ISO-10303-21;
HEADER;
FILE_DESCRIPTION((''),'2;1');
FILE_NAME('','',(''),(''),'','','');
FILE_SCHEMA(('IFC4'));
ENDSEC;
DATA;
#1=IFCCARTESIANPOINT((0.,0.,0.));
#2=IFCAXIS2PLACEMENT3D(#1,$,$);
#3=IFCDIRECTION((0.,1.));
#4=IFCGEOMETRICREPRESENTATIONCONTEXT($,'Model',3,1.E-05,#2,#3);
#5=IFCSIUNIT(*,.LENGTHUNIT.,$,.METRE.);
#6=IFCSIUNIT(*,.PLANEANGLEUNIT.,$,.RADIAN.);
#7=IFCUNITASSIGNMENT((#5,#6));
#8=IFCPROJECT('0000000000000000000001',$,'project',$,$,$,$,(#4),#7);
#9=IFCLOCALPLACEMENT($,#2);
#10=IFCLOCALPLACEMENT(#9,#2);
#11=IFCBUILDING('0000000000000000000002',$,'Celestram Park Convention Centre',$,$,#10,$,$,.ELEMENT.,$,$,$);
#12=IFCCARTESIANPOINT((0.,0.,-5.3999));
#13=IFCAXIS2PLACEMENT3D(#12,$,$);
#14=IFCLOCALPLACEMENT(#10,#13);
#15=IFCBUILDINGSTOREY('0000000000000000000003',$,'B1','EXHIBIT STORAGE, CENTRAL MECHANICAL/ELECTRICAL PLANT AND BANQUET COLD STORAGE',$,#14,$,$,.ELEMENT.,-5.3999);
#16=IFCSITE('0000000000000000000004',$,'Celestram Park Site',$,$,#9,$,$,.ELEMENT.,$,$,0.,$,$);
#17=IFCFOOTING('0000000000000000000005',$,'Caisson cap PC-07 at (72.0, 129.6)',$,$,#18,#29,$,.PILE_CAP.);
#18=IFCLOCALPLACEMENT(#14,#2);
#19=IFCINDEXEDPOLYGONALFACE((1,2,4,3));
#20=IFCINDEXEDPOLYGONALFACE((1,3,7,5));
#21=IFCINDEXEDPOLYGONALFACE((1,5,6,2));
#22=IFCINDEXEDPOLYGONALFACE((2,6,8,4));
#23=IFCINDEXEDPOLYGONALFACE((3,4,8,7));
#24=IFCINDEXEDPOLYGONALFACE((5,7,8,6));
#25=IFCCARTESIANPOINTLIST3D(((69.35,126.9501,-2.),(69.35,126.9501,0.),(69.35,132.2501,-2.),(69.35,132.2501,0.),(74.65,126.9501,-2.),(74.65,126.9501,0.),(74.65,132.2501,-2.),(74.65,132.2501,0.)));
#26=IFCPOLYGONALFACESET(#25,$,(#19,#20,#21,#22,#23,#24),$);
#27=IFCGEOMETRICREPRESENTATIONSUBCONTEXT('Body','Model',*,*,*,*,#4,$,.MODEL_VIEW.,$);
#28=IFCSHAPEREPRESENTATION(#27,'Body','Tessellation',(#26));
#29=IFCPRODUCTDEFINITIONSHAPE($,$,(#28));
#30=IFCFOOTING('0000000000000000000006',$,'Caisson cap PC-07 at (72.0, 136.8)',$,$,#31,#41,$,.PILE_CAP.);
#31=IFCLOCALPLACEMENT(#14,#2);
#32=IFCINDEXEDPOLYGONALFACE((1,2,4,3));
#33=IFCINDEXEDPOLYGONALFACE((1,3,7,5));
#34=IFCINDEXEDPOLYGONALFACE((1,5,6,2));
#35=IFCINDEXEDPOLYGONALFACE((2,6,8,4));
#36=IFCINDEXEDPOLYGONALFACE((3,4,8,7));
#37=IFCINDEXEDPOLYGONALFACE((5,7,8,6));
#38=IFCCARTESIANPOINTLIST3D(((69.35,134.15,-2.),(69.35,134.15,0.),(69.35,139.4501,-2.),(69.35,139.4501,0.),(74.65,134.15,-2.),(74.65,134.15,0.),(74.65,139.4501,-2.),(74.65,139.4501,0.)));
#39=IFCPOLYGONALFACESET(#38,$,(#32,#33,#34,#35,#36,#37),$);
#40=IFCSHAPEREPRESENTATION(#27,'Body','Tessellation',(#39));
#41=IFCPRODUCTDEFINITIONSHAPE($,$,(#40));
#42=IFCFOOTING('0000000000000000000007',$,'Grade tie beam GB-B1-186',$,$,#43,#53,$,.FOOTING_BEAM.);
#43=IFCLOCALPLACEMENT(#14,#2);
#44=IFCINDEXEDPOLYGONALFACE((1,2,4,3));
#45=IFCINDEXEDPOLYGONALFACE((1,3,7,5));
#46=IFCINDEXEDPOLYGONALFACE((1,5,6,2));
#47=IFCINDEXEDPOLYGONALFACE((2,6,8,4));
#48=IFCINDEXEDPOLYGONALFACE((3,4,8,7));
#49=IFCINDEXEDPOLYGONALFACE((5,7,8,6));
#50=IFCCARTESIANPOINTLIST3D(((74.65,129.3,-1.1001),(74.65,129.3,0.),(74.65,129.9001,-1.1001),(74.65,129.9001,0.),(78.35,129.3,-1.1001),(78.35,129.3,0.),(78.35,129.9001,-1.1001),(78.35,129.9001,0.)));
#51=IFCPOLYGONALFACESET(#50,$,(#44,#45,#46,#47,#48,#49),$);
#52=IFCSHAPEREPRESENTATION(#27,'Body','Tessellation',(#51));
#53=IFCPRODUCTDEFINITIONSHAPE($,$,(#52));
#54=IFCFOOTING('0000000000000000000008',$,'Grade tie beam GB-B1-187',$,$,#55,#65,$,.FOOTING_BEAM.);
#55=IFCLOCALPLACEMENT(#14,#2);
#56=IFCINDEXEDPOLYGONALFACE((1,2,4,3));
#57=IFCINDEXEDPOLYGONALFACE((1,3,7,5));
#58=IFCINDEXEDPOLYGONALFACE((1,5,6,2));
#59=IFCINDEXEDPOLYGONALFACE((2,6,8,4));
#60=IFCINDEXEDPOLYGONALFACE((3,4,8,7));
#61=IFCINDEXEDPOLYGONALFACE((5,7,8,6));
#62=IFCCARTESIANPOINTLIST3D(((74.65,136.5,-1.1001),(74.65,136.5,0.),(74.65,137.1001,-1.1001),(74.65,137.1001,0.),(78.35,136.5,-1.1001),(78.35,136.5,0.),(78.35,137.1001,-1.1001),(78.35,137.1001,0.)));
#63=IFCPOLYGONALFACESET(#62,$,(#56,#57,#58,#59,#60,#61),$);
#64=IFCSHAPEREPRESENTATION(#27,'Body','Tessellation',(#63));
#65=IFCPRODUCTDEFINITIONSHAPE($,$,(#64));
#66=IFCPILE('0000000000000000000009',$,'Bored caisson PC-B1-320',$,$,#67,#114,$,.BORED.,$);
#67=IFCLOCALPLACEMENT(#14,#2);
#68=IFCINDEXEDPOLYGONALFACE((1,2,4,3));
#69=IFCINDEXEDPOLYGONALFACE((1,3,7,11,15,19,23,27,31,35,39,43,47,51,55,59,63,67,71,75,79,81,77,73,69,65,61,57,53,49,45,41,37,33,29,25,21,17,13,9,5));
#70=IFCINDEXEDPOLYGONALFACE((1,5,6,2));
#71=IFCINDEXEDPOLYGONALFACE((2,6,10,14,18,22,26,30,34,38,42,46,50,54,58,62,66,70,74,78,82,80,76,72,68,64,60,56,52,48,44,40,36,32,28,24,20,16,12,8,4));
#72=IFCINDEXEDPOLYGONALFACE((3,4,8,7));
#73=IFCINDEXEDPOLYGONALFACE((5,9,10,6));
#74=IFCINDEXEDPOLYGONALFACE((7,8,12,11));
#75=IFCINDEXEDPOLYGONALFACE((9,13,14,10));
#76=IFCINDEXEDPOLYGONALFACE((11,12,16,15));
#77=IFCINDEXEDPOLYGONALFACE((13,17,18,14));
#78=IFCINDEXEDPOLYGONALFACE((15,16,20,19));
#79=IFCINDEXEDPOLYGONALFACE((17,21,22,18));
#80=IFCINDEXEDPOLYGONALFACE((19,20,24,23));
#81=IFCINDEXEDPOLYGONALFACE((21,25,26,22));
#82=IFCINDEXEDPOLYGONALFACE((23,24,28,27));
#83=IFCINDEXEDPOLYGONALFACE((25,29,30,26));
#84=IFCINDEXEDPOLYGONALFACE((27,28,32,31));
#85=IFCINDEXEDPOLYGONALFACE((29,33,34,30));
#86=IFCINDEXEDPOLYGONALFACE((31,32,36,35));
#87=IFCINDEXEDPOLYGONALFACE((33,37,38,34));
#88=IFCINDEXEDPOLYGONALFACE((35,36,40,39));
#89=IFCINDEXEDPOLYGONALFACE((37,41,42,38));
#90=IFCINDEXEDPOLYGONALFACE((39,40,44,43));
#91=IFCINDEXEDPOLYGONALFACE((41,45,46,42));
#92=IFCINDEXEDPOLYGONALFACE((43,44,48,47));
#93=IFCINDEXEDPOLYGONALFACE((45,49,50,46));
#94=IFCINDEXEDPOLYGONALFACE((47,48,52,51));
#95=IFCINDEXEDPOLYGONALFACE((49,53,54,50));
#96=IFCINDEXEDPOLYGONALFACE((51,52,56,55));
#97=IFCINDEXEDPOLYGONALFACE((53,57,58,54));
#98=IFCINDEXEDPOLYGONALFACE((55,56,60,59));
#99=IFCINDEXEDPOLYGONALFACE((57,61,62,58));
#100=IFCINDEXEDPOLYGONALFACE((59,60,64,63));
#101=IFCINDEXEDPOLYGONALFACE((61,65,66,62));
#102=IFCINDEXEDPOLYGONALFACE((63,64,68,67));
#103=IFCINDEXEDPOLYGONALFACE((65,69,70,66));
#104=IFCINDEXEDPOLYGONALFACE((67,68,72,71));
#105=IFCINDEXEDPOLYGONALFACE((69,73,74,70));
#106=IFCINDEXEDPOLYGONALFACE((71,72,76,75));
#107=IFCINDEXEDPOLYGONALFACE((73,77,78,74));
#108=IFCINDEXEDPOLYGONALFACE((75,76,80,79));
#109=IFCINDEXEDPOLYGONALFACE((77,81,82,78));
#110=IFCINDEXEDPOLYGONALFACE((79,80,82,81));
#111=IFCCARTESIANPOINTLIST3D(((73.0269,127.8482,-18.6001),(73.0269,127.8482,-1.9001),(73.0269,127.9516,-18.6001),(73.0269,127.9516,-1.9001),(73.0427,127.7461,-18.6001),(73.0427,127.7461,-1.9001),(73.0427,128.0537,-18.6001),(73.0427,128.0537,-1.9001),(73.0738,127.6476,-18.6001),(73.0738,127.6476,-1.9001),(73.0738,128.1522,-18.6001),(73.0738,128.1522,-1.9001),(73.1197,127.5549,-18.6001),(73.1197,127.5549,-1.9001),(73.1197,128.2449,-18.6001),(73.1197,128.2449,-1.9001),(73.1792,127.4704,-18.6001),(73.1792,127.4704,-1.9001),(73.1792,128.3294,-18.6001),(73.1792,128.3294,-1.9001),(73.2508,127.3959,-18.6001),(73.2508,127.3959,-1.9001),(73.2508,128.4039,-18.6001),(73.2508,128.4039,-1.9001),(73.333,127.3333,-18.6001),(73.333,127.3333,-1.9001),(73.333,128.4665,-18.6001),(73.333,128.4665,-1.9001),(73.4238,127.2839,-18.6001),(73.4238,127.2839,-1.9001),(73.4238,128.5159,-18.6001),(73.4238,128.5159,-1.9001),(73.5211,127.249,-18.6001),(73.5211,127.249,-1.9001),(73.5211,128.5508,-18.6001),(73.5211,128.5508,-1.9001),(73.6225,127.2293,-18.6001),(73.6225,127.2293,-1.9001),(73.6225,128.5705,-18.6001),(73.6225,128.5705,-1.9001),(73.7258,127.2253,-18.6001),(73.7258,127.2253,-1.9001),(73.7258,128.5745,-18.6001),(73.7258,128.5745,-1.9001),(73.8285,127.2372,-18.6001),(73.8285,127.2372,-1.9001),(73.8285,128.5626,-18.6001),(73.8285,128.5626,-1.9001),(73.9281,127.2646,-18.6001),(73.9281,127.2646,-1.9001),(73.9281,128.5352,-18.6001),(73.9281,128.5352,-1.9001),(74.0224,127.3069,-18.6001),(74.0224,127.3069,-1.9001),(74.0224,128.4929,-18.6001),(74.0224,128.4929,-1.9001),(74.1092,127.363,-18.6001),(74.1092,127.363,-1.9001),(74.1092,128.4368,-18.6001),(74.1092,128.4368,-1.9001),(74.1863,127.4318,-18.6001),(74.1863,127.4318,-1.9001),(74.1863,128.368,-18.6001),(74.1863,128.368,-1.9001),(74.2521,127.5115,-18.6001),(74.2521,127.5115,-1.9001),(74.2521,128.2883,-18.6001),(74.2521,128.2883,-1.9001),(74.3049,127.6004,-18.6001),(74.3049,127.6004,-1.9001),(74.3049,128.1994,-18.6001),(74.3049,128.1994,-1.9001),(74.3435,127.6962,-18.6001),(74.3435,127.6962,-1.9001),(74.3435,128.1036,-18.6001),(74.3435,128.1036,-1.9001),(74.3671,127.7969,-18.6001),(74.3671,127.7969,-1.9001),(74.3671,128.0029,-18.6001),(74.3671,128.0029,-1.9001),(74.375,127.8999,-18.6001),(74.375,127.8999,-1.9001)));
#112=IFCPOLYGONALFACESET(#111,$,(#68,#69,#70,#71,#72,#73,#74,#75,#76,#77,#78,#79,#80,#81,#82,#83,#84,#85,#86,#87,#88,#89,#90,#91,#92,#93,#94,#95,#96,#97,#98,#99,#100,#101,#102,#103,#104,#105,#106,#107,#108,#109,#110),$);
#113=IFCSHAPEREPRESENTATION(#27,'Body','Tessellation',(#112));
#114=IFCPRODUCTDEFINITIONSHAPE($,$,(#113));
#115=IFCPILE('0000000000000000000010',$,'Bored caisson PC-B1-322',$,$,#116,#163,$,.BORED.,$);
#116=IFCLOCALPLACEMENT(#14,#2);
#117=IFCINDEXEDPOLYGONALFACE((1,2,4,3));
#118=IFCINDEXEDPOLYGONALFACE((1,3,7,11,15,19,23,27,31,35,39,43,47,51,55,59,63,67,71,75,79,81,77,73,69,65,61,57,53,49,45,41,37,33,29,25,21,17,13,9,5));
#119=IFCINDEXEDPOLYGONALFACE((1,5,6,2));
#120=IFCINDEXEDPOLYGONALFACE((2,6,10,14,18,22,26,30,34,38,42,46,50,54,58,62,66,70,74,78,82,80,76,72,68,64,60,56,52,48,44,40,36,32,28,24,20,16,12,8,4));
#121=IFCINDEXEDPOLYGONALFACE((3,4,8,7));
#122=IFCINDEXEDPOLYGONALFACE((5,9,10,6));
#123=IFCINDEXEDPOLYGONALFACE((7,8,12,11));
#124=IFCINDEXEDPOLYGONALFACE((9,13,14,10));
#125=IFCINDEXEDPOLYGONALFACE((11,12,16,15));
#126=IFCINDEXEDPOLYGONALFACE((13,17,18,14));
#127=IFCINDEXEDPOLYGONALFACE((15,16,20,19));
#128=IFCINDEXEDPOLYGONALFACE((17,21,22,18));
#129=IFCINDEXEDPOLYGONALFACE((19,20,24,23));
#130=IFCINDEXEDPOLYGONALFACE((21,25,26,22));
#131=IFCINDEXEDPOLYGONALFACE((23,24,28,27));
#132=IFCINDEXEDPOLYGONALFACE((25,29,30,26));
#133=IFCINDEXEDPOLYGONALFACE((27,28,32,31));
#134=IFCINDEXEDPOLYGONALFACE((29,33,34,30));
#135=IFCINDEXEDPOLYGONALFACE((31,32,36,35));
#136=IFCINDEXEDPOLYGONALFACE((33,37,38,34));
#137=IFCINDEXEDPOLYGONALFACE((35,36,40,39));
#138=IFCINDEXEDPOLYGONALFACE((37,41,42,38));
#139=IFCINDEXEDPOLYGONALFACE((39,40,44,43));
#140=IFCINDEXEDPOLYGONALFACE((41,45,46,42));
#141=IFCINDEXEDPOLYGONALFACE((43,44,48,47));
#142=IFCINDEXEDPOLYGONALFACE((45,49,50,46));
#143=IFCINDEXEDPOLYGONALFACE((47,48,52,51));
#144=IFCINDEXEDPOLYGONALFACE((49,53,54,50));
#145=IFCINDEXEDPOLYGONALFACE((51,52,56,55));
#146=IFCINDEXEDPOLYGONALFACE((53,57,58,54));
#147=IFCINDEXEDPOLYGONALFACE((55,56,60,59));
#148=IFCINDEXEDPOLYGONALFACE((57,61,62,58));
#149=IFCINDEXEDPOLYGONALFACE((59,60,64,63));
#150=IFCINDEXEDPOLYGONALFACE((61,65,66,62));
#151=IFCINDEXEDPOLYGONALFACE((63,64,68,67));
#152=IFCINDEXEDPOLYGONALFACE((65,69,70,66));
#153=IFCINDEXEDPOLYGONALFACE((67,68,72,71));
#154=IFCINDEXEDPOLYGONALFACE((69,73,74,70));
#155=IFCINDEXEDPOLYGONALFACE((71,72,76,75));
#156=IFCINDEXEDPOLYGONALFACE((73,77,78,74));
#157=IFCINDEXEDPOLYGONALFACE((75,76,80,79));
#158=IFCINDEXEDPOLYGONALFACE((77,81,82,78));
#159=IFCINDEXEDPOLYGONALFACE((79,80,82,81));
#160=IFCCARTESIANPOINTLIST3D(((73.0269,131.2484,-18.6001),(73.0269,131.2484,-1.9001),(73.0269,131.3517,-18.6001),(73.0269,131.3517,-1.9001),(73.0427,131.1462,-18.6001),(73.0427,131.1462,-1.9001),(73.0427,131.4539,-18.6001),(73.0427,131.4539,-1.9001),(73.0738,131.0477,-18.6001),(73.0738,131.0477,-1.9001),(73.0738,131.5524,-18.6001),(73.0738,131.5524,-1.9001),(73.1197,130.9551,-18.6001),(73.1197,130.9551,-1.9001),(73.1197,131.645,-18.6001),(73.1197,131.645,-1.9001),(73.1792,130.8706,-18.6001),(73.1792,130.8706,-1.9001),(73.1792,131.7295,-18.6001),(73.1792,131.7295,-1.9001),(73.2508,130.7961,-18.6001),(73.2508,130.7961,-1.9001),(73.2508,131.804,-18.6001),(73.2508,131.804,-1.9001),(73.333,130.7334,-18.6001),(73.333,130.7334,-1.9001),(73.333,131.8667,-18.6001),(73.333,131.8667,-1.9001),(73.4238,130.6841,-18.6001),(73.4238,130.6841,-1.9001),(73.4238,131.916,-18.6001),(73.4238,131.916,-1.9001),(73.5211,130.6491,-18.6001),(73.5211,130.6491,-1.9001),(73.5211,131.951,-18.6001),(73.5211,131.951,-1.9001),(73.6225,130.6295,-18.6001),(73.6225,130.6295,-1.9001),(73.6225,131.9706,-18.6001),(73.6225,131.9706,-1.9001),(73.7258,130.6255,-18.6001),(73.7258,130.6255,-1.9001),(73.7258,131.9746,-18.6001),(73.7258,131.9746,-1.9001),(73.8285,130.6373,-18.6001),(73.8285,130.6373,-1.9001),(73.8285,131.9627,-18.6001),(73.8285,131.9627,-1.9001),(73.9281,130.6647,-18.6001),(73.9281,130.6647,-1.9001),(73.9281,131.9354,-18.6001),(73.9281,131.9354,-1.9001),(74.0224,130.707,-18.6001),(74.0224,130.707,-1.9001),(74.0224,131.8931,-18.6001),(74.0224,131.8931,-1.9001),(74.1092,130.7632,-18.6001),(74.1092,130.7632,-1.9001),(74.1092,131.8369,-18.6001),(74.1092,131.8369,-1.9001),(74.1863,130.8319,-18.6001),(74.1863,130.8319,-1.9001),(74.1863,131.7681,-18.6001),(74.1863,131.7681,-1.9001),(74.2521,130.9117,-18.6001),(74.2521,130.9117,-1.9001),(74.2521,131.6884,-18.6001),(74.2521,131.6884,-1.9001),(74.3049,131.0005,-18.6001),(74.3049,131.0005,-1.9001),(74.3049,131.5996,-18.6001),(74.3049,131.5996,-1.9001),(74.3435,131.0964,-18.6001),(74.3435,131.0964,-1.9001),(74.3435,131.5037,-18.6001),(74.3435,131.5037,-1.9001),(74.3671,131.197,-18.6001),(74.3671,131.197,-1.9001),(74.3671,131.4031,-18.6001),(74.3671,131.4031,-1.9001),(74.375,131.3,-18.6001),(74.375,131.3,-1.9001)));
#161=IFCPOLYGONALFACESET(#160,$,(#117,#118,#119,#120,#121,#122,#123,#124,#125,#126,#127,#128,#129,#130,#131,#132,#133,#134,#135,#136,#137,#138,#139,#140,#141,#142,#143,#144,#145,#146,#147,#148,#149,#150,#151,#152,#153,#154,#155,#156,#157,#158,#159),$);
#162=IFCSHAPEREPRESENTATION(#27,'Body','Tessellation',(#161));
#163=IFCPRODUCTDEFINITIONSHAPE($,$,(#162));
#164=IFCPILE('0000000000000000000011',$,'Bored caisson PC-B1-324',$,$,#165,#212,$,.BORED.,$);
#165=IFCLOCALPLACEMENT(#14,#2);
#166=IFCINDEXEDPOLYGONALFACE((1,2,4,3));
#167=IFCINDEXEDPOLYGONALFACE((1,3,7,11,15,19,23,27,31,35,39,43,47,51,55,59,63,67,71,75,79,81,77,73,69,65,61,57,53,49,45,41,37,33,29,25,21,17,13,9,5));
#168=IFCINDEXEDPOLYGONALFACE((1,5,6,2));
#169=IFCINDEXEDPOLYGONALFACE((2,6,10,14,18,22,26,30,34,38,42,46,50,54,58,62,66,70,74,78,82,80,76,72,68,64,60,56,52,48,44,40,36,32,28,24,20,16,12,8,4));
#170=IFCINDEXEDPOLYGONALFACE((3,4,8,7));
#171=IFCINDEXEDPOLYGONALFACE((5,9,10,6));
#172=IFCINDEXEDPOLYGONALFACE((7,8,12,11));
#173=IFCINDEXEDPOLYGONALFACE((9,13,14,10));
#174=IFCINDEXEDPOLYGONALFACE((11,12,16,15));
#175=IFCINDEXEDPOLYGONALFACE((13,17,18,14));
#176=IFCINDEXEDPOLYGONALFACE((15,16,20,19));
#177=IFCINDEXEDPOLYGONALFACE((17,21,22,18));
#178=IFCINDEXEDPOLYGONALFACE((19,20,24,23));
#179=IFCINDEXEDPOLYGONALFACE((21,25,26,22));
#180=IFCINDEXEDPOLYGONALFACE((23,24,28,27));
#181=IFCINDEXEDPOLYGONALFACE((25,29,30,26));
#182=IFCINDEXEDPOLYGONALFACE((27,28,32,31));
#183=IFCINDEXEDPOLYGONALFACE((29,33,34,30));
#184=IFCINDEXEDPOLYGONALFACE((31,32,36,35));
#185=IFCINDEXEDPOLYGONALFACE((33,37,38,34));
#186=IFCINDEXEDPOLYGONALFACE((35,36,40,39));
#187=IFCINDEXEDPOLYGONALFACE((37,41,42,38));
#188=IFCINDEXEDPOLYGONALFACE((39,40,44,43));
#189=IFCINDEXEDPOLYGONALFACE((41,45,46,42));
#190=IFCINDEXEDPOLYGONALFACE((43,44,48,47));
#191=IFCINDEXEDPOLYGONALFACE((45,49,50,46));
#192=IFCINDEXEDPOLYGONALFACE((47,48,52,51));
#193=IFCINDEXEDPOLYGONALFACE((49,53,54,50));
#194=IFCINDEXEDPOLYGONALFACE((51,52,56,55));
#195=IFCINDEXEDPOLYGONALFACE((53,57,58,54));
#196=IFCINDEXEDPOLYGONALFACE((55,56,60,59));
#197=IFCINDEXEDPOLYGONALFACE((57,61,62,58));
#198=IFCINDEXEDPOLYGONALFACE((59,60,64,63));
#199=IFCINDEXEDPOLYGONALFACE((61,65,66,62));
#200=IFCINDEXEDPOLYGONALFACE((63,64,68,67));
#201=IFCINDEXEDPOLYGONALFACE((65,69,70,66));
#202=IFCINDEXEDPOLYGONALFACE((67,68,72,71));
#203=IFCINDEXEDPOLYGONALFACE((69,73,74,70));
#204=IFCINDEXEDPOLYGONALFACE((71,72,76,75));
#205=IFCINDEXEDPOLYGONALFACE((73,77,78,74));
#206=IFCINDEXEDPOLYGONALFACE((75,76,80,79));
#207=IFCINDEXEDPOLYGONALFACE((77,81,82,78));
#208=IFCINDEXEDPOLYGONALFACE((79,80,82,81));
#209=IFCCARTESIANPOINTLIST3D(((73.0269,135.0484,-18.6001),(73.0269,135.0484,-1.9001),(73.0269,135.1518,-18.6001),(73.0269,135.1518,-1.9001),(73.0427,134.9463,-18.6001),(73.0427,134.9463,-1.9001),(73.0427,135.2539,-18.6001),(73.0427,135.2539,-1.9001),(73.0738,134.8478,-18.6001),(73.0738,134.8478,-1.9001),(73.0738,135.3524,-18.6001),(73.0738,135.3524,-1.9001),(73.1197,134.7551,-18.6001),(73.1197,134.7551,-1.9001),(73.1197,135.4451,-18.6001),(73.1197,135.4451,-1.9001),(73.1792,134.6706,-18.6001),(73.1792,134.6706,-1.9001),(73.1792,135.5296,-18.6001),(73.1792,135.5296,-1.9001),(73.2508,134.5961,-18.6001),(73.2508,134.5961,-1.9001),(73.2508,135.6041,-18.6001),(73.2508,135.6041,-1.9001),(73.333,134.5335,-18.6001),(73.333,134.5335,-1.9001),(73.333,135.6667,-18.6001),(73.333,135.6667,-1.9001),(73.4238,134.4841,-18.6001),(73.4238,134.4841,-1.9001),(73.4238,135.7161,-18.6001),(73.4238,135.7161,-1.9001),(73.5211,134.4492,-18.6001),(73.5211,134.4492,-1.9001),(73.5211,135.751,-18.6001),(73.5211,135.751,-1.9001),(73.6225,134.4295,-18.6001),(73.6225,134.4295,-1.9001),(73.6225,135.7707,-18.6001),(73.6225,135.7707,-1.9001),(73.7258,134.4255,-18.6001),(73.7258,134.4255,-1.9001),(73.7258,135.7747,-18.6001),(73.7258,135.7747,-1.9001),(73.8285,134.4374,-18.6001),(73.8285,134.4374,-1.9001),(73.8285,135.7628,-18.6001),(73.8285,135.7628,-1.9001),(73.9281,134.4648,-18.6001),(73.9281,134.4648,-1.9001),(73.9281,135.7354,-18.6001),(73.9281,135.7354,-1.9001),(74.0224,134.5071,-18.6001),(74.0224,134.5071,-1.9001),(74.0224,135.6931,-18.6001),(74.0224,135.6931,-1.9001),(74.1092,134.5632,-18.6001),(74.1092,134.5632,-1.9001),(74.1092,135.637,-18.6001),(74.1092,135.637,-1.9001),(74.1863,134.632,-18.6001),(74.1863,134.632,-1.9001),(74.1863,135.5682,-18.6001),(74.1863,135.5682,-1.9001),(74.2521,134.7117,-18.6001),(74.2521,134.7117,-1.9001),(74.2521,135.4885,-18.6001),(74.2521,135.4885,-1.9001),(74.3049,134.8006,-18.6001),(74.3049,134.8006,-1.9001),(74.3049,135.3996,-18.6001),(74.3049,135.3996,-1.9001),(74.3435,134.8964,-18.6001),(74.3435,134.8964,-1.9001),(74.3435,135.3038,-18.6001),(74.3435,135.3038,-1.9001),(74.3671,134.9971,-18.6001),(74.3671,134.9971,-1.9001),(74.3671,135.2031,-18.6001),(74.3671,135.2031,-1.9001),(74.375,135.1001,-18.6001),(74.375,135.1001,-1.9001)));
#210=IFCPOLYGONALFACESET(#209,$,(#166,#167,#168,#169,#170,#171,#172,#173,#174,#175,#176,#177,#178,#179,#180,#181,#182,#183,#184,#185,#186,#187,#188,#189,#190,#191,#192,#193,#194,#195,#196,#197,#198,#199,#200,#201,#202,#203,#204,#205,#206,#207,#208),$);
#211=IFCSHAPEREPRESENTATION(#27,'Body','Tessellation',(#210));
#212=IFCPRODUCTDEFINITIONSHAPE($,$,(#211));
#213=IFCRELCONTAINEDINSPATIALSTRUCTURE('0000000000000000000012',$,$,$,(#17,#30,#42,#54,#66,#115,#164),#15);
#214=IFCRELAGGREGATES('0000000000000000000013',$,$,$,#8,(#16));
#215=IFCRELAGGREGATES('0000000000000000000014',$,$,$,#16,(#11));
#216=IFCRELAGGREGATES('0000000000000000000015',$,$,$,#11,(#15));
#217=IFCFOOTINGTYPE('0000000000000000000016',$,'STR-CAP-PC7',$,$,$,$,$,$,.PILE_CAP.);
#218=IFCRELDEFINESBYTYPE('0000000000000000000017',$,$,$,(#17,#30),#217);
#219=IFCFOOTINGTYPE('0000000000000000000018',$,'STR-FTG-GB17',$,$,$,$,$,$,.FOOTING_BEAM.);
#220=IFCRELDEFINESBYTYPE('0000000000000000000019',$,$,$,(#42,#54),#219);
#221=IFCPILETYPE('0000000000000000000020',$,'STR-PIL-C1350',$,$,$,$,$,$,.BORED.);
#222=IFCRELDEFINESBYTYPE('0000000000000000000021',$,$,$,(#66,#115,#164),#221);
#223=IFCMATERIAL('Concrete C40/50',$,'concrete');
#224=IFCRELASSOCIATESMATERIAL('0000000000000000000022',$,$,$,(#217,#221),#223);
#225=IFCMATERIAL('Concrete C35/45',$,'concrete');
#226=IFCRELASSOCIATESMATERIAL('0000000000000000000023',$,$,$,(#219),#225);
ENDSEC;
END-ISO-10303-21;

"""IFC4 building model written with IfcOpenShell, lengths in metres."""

from ifc_helpers import new_model, si_unit, direction, frame, origin, origin_2d, place, context, subcontext, project, spatial, rectangle, circle, extrude, material, material_profile, profile_set, type_object, element, save


model = new_model("IFC4")

# Units and contexts
model_context = context("Model", 3, precision=1e-05, world=origin(), true_north=direction((0.0, 1.0)))
body_context = subcontext(model_context, "Body", "Model", "MODEL_VIEW")
ifc_project = project(units=[si_unit("LENGTHUNIT", "METRE"), si_unit("PLANEANGLEUNIT", "RADIAN")], contexts=[model_context])

# Site, building, storey
site_placement = place(None, origin())
site = spatial("IfcSite", under=ifc_project, at=site_placement, Name="Celestram Park Site", CompositionType="ELEMENT", RefElevation=0.0)
building_placement = place(site_placement, origin())
building = spatial("IfcBuilding", under=site, at=building_placement, Name="Celestram Park Convention Centre", CompositionType="ELEMENT")
storey_placement = place(building_placement, frame((0.0, 0.0, -5.3999)))
storey = spatial("IfcBuildingStorey", under=building, at=storey_placement, Name="B1", Description="EXHIBIT STORAGE, CENTRAL MECHANICAL/ELECTRICAL PLANT AND BANQUET COLD STORAGE", CompositionType="ELEMENT", Elevation=-5.3999)

# Footings
ifc_material_1 = material(Name="Concrete C40/50", Category="concrete")
footing_type_1 = type_object("IfcFootingType", Name="STR-CAP-PC7", PredefinedType="PILE_CAP", material=ifc_material_1)
for number, where, z_axis, x_axis, name in (
    (1, (72.0, 129.6001, -2.0), (0.0, 0.0, 1.0), (1.0, 0.0, 0.0), "Caisson cap PC-07 at (72.0, 129.6)"),
    (2, (72.0, 136.8, -2.0), (0.0, 0.0, 1.0), (1.0, 0.0, 0.0), "Caisson cap PC-07 at (72.0, 136.8)"),
):
    element("IfcFooting", number, at=place(storey_placement, frame(where, z_axis=z_axis, x_axis=x_axis)), inside=storey, type_object=footing_type_1, Name=name, PredefinedType="PILE_CAP", context=body_context, shape_type="SweptSolid", body=[
        extrude(rectangle(XDim=5.3, YDim=5.3, at=origin_2d()), origin(), (0.0, 0.0, 1.0), 2.0),
    ])
ifc_material_2 = material(Name="Concrete C35/45", Category="concrete")
footing_type_2 = type_object("IfcFootingType", Name="STR-FTG-GB17", PredefinedType="FOOTING_BEAM", material=ifc_material_2)
for number, where, z_axis, x_axis, name in (
    (3, (76.5, 129.6001, -1.1001), (0.0, 0.0, 1.0), (1.0, 0.0, 0.0), "Grade tie beam GB-B1-186"),
    (4, (76.5, 136.8, -1.1001), (0.0, 0.0, 1.0), (1.0, 0.0, 0.0), "Grade tie beam GB-B1-187"),
):
    element("IfcFooting", number, at=place(storey_placement, frame(where, z_axis=z_axis, x_axis=x_axis)), inside=storey, type_object=footing_type_2, Name=name, PredefinedType="FOOTING_BEAM", context=body_context, shape_type="SweptSolid", body=[
        extrude(rectangle(XDim=3.7, YDim=0.6001, at=origin_2d()), origin(), (0.0, 0.0, 1.0), 1.1001),
    ])

# Piles
ifc_material_profile_1 = material_profile(ifc_material_1, circle(Radius=0.675, at=origin_2d()), Name="CAISSON1350")
ifc_profile_set_1 = profile_set([ifc_material_profile_1], Name="Concrete C40/50")
pile_type = type_object("IfcPileType", Name="STR-PIL-C1350", PredefinedType="BORED", material=ifc_profile_set_1)
for number, where, z_axis, x_axis, name in (
    (5, (73.7, 127.8999, -1.9001), (0.0, 0.0, -1.0), (1.0, 0.0, 0.0), "Bored caisson PC-B1-320"),
    (6, (73.7, 131.3, -1.9001), (0.0, 0.0, -1.0), (1.0, 0.0, 0.0), "Bored caisson PC-B1-322"),
    (7, (73.7, 135.1001, -1.9001), (0.0, 0.0, -1.0), (1.0, 0.0, 0.0), "Bored caisson PC-B1-324"),
):
    element("IfcPile", number, at=place(storey_placement, frame(where, z_axis=z_axis, x_axis=x_axis)), inside=storey, type_object=pile_type, Name=name, PredefinedType="BORED", context=body_context, shape_type="SweptSolid", body=[
        extrude(circle(Radius=0.675, at=origin_2d()), origin(), (0.0, 0.0, 1.0), 16.7),
    ])

save(model, "model.ifc")
